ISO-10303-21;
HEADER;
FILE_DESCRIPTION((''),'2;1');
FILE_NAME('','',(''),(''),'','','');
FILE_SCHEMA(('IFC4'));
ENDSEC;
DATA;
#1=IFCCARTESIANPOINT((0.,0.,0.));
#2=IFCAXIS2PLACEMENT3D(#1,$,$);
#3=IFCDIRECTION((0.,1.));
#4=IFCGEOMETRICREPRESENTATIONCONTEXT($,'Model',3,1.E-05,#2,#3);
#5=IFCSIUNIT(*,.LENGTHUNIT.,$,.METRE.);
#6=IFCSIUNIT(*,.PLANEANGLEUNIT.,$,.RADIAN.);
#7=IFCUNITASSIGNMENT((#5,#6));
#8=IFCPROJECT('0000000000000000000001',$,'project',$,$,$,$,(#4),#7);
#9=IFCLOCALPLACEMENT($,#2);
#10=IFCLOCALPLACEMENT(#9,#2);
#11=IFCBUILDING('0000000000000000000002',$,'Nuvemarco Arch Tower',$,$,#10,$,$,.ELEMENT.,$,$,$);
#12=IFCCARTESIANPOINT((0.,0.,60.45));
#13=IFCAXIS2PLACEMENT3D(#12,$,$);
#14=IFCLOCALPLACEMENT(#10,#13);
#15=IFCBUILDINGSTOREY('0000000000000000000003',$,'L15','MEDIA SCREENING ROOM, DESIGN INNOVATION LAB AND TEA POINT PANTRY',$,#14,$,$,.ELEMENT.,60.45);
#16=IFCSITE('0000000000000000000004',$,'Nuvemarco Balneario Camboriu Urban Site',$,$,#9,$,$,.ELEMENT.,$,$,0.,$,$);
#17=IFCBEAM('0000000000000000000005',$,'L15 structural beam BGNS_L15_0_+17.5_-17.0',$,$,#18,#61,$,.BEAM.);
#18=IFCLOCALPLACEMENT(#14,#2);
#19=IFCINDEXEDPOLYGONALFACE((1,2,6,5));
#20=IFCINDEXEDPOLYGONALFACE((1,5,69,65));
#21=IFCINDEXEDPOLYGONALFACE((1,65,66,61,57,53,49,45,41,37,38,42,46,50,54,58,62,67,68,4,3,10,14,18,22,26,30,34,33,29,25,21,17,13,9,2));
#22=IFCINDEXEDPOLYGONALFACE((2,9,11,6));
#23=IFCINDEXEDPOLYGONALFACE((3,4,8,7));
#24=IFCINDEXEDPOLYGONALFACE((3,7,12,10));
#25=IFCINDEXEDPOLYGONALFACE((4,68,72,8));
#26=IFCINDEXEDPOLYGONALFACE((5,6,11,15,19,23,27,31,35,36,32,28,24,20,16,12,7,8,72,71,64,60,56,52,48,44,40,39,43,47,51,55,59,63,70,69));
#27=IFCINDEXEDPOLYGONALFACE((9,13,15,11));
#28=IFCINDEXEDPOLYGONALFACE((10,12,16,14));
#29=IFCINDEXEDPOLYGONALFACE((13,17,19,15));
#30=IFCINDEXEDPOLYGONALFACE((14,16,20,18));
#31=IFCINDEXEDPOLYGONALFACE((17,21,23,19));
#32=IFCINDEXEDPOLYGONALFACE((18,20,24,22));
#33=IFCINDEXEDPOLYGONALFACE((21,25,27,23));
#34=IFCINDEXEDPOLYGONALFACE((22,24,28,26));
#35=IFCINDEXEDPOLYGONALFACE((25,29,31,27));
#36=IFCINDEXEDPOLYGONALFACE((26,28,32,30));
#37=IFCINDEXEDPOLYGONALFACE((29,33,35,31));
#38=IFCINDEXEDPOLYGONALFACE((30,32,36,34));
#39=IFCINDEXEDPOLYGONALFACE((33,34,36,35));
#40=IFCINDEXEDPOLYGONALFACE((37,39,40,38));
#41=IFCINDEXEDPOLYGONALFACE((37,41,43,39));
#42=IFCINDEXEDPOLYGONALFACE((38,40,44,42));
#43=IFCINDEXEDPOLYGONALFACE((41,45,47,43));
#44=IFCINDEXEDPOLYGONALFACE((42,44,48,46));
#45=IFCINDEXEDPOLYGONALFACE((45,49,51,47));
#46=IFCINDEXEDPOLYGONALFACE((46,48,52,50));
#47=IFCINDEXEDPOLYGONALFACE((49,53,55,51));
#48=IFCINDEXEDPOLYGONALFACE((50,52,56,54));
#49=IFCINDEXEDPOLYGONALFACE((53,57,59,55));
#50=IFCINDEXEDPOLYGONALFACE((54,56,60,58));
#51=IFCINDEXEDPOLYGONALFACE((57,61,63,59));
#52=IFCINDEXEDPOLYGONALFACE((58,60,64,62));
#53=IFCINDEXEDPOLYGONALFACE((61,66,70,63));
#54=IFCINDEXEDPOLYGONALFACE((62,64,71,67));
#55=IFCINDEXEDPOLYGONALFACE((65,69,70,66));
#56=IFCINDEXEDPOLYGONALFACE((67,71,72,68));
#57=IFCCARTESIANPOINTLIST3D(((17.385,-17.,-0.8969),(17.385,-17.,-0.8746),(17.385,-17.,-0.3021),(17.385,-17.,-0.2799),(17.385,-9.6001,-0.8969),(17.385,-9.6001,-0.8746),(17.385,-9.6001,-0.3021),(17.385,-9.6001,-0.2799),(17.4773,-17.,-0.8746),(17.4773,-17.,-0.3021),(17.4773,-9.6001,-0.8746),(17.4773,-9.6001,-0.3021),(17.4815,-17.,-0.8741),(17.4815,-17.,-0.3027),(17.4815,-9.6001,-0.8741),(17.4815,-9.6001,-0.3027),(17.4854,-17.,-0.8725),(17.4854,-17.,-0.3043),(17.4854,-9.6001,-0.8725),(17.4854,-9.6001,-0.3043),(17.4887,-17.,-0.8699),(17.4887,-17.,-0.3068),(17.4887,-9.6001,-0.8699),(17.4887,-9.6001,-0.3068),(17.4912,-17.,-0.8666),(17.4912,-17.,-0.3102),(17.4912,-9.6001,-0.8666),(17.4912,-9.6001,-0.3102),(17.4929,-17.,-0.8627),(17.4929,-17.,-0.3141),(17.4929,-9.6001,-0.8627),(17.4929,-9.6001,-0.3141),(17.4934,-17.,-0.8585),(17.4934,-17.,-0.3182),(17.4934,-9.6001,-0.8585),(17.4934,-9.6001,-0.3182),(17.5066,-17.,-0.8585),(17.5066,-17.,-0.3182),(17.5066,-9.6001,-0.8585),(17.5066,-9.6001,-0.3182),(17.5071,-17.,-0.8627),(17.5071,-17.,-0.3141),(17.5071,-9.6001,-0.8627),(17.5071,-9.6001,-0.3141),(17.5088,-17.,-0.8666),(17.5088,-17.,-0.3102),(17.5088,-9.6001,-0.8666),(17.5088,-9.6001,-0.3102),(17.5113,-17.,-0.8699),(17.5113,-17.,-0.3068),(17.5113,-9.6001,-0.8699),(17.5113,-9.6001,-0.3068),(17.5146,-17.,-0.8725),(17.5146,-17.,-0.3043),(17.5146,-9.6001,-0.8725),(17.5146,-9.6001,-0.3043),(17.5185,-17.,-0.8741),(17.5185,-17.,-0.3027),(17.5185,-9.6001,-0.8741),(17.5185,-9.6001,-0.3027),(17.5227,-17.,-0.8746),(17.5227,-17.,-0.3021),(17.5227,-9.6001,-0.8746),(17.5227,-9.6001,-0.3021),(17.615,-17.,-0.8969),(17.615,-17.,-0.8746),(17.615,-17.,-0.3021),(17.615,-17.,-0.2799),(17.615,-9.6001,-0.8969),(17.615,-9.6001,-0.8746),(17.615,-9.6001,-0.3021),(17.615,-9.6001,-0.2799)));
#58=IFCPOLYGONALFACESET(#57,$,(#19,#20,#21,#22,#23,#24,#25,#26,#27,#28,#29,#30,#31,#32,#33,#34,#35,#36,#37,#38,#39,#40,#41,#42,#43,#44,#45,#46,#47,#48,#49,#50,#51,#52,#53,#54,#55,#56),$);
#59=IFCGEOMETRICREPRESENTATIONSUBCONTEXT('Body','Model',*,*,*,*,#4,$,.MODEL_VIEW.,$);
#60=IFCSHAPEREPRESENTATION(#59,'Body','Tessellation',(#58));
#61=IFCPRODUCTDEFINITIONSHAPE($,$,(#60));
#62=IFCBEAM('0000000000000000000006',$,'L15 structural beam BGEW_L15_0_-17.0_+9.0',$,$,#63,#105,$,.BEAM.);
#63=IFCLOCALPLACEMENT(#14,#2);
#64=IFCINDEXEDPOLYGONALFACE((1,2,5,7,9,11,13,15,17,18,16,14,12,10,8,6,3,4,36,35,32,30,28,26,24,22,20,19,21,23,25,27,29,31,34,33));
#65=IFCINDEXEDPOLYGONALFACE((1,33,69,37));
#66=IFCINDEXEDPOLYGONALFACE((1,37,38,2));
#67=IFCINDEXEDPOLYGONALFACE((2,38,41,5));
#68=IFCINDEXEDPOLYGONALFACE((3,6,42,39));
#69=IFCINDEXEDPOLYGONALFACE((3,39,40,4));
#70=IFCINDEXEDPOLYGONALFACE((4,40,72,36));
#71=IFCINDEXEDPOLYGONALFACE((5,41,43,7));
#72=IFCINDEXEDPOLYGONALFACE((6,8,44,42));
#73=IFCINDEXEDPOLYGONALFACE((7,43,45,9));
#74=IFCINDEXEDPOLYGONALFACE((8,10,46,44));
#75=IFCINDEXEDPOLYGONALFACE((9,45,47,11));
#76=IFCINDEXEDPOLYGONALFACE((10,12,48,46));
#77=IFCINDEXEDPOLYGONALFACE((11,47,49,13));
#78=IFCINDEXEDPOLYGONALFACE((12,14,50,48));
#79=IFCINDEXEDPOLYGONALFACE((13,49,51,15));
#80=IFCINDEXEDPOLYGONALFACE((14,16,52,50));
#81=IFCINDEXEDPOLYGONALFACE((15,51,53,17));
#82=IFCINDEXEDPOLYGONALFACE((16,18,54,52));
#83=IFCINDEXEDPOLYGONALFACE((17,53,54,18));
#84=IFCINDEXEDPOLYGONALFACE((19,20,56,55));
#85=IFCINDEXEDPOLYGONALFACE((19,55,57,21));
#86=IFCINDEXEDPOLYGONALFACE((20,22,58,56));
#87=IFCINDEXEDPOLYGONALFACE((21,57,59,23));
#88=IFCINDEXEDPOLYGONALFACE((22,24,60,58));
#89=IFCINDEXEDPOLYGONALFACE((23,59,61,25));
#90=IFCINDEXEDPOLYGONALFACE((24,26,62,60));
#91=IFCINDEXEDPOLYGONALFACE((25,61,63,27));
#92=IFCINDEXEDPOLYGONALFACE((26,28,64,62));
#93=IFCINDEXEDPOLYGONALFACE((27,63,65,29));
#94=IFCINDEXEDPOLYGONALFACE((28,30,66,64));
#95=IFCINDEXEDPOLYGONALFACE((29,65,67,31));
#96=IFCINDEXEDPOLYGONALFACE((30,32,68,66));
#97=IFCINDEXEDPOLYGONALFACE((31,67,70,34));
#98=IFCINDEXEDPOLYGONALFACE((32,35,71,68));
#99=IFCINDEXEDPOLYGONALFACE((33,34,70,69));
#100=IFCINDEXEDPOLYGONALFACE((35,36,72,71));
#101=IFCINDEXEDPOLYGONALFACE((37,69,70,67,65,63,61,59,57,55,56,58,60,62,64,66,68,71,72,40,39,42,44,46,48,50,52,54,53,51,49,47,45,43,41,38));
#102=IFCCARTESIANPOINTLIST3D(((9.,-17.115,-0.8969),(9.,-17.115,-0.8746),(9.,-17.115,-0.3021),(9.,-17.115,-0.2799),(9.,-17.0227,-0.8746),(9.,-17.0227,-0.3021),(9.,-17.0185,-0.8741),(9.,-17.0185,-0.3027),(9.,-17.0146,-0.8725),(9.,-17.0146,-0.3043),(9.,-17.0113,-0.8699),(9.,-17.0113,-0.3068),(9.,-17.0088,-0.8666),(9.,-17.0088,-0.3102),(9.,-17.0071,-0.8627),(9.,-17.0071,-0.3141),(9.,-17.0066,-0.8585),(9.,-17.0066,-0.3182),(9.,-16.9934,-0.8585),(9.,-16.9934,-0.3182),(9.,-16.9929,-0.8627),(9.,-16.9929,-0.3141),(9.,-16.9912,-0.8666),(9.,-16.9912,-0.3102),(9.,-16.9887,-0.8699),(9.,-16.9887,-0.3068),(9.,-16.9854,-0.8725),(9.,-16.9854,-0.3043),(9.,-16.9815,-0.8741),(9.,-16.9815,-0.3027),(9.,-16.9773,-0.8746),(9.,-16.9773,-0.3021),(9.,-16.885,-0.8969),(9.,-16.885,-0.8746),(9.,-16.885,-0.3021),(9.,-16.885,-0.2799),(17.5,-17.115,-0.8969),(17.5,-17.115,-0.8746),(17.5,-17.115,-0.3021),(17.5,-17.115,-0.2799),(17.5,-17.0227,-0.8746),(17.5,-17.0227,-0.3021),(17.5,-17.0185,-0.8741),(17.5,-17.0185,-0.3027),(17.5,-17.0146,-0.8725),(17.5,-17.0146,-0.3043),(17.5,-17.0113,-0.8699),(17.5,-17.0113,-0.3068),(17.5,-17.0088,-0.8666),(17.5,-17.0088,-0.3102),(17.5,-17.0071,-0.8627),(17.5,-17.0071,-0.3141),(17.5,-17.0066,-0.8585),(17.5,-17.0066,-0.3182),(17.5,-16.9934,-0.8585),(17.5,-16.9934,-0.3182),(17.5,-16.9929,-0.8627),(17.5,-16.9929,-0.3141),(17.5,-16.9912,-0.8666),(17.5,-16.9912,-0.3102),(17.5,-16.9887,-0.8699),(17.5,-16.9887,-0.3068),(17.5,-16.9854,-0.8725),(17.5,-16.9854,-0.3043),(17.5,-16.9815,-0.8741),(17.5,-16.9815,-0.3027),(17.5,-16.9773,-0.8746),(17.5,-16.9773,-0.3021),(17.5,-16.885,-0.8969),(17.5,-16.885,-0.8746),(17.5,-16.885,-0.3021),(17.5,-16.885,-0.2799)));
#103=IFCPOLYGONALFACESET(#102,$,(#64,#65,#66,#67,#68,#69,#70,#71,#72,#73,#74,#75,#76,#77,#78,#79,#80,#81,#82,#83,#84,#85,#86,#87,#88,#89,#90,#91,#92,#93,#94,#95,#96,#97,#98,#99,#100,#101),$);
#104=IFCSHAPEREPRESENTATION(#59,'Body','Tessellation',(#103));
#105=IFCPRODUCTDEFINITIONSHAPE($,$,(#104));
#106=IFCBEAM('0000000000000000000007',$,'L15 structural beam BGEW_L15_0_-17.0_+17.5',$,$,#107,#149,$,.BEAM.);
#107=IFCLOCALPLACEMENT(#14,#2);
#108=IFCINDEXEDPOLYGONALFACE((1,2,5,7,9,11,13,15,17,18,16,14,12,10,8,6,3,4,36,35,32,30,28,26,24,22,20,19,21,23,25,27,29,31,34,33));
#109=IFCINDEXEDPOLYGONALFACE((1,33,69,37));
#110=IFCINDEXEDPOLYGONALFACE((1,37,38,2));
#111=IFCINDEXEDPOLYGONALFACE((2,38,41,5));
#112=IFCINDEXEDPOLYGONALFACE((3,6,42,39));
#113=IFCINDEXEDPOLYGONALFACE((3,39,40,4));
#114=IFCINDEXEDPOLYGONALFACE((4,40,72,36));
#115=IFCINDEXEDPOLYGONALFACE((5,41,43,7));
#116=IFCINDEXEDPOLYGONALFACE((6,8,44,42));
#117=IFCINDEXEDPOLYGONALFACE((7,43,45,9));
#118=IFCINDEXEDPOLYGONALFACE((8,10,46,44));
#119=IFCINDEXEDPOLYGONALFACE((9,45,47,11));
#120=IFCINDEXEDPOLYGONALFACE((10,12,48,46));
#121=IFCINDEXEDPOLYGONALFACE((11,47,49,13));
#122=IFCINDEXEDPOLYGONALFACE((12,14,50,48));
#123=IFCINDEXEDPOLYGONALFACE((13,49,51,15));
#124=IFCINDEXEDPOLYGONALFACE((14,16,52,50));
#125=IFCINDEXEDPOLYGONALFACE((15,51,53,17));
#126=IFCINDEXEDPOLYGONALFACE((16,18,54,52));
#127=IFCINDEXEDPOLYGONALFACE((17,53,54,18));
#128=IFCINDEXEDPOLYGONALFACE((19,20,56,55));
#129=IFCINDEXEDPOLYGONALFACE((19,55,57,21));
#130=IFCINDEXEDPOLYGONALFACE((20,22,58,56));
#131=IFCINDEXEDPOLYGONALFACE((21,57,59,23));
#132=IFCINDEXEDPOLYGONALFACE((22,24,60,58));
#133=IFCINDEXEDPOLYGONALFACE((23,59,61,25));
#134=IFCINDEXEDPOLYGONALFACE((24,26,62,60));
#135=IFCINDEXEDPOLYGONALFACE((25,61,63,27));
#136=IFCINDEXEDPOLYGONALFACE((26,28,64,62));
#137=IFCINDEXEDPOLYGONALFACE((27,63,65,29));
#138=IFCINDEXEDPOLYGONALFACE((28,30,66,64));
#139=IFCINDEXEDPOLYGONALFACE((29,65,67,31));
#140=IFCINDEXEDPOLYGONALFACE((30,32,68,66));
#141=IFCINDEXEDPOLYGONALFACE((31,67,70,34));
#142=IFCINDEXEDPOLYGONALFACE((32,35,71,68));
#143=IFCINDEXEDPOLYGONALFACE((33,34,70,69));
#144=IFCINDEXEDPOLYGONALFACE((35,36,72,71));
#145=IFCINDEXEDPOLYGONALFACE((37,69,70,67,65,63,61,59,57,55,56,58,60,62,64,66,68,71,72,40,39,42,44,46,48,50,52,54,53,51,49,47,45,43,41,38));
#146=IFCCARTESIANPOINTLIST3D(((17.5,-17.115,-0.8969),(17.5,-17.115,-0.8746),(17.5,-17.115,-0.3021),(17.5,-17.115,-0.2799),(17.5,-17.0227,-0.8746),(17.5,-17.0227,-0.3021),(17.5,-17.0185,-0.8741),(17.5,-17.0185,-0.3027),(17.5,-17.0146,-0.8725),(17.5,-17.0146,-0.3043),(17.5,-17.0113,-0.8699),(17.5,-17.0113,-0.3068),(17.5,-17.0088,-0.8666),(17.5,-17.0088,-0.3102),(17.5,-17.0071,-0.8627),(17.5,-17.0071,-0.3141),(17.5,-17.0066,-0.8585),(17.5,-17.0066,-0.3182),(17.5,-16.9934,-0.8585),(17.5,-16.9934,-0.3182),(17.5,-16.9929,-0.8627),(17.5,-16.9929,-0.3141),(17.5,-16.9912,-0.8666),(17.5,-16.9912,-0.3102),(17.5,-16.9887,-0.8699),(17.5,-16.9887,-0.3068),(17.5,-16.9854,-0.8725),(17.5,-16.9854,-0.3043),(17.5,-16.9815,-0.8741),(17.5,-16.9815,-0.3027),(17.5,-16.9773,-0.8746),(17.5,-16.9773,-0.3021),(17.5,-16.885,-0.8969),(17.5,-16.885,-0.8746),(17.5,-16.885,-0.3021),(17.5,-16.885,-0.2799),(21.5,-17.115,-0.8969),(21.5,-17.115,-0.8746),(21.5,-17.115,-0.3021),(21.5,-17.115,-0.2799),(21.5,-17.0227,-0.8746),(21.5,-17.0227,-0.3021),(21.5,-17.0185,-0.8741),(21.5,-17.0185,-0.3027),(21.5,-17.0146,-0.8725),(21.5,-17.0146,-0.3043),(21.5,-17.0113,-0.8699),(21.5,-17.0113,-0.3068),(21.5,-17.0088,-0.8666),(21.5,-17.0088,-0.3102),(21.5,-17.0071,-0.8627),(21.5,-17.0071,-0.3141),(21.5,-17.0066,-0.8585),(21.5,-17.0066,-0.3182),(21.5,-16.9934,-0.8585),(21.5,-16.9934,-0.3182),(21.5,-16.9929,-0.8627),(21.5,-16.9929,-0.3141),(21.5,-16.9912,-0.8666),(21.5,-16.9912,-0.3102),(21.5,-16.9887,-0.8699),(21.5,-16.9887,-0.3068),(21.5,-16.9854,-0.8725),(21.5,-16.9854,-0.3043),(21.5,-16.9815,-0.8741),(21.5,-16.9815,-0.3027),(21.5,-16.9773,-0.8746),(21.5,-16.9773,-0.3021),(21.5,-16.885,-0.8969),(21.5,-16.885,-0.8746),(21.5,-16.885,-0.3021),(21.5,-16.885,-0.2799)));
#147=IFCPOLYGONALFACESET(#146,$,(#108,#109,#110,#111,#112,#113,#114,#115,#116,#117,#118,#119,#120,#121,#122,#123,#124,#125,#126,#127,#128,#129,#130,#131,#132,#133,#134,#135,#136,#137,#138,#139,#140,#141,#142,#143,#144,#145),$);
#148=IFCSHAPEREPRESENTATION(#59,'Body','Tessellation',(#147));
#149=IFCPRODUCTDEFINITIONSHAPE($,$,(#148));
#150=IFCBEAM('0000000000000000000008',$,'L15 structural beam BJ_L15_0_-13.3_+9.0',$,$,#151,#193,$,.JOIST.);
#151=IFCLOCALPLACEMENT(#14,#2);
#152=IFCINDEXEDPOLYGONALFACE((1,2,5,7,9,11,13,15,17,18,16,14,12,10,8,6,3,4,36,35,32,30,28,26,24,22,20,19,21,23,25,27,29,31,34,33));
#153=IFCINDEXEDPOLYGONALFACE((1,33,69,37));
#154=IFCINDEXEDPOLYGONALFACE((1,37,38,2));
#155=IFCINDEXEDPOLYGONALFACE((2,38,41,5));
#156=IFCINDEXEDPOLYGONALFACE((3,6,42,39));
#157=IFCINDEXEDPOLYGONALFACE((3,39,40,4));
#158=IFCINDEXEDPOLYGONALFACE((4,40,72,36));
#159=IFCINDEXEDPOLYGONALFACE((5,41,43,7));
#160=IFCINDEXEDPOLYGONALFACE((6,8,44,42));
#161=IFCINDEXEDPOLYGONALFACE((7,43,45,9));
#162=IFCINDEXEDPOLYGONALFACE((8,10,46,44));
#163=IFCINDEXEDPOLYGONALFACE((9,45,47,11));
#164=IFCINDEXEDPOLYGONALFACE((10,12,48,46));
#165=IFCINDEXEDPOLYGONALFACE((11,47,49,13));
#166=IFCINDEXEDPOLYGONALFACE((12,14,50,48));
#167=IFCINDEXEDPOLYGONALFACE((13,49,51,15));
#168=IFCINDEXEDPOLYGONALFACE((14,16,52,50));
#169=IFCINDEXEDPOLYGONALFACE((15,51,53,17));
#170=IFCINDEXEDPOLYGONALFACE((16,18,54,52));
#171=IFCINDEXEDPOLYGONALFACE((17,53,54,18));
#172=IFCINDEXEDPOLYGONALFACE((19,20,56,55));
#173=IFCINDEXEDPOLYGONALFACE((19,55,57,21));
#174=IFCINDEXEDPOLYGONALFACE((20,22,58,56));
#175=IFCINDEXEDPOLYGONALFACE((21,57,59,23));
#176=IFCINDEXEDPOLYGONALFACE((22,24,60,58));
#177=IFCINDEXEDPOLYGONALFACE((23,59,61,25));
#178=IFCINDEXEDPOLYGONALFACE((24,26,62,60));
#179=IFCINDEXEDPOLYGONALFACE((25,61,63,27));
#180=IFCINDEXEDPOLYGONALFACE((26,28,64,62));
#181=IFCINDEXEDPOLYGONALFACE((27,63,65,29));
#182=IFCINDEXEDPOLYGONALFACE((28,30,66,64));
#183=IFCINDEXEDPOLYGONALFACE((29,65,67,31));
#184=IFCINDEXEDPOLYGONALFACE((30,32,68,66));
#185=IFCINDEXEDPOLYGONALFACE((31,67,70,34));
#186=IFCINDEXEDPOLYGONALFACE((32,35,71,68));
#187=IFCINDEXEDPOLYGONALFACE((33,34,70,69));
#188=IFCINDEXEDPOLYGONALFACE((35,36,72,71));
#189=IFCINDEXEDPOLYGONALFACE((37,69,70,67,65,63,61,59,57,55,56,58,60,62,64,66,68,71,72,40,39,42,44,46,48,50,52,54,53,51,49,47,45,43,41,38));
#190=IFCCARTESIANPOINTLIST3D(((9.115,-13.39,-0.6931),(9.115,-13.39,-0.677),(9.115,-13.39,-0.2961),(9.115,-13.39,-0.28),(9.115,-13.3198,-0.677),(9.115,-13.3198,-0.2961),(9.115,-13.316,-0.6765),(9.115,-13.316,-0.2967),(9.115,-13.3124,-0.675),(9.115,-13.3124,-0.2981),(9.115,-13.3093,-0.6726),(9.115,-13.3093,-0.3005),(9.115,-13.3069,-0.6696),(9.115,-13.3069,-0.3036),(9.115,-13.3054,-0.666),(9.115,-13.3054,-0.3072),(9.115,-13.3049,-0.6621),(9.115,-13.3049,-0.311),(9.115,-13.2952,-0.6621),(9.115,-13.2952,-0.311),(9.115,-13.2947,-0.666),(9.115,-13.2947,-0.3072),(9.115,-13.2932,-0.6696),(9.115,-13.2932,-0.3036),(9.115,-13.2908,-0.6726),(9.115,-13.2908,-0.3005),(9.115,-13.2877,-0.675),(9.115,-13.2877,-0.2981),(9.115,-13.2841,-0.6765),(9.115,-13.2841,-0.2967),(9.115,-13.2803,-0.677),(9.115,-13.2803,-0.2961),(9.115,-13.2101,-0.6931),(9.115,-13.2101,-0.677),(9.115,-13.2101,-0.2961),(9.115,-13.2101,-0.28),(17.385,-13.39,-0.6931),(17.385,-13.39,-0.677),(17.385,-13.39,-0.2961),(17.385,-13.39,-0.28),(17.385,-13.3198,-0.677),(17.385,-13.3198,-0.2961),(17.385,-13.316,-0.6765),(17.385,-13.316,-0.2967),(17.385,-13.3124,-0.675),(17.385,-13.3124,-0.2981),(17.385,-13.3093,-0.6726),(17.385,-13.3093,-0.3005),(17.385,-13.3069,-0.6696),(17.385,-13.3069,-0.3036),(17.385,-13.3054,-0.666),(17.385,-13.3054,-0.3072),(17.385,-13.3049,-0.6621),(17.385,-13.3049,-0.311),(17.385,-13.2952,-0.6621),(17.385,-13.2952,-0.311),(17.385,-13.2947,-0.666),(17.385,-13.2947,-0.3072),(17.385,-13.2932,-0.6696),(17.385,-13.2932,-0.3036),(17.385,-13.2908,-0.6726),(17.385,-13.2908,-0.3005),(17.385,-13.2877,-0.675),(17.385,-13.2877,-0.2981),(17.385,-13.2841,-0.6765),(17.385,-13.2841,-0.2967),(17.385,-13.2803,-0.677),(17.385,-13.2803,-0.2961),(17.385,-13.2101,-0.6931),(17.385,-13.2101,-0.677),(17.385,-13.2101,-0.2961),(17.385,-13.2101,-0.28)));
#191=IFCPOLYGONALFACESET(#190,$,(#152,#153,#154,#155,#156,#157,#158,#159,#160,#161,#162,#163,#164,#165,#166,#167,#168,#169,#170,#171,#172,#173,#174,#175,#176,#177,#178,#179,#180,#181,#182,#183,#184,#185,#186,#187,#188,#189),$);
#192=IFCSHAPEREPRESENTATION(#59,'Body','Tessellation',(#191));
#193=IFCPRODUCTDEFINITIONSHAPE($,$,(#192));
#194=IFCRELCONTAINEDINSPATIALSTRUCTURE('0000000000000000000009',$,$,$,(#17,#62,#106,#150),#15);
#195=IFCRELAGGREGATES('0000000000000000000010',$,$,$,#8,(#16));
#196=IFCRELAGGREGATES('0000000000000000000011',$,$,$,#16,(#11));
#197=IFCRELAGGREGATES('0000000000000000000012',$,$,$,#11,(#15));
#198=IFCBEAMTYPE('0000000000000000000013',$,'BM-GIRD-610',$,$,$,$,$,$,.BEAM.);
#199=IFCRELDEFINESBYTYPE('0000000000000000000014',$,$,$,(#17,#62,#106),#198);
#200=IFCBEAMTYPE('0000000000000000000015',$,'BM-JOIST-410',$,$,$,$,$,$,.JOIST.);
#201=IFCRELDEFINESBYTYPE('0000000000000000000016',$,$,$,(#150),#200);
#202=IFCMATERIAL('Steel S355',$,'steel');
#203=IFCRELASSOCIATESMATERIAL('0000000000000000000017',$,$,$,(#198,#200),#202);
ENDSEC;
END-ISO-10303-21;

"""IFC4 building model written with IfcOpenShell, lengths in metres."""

from ifc_helpers import new_model, si_unit, direction, frame, origin, origin_2d, place, context, subcontext, project, spatial, i_section, extrude, material, material_profile, profile_set, type_object, element, save


model = new_model("IFC4")

# Units and contexts
model_context = context("Model", 3, precision=1e-05, world=origin(), true_north=direction((0.0, 1.0)))
body_context = subcontext(model_context, "Body", "Model", "MODEL_VIEW")
ifc_project = project(units=[si_unit("LENGTHUNIT", "METRE"), si_unit("PLANEANGLEUNIT", "RADIAN")], contexts=[model_context])

# Site, building, storey
site_placement = place(None, origin())
site = spatial("IfcSite", under=ifc_project, at=site_placement, Name="Nuvemarco Balneario Camboriu Urban Site", CompositionType="ELEMENT", RefElevation=0.0)
building_placement = place(site_placement, origin())
building = spatial("IfcBuilding", under=site, at=building_placement, Name="Nuvemarco Arch Tower", CompositionType="ELEMENT")
storey_placement = place(building_placement, frame((0.0, 0.0, 60.45)))
storey = spatial("IfcBuildingStorey", under=building, at=storey_placement, Name="L15", Description="MEDIA SCREENING ROOM, DESIGN INNOVATION LAB AND TEA POINT PANTRY", CompositionType="ELEMENT", Elevation=60.45)

# Shared definitions
ifc_material_1 = material(Name="Steel S355", Category="steel")

# Beams
ifc_material_profile_1 = material_profile(ifc_material_1, i_section(OverallWidth=0.23, OverallDepth=0.6169, WebThickness=0.0132, FlangeThickness=0.0222, FilletRadius=0.0161, at=origin_2d()), Name="W610x140")
ifc_profile_set_1 = profile_set([ifc_material_profile_1], Name="Steel S355")
beam_type_1 = type_object("IfcBeamType", Name="BM-GIRD-610", PredefinedType="BEAM", material=ifc_profile_set_1)
for number, where, z_axis, x_axis, name in (
    (1, (17.5, -17.0, -0.5884), (0.0, 1.0, 0.0), (-1.0, 0.0, 0.0), "L15 structural beam BGNS_L15_0_+17.5_-17.0"),
):
    element("IfcBeam", number, at=place(storey_placement, frame(where, z_axis=z_axis, x_axis=x_axis)), inside=storey, type_object=beam_type_1, Name=name, PredefinedType="BEAM", context=body_context, shape_type="SweptSolid", body=[
        extrude(i_section(OverallWidth=0.23, OverallDepth=0.6169, WebThickness=0.0132, FlangeThickness=0.0222, FilletRadius=0.0161, at=origin_2d()), origin(), (0.0, 0.0, 1.0), 7.3999),
    ])
beam_1_placement = place(storey_placement, frame((9.0, -17.0, -0.5884), z_axis=(1.0, 0.0, 0.0), x_axis=(0.0, 1.0, 0.0)))
element("IfcBeam", 2, at=beam_1_placement, inside=storey, type_object=beam_type_1, Name="L15 structural beam BGEW_L15_0_-17.0_+9.0", PredefinedType="BEAM", context=body_context, shape_type="SweptSolid", body=[
    extrude(i_section(OverallWidth=0.23, OverallDepth=0.6169, WebThickness=0.0132, FlangeThickness=0.0222, FilletRadius=0.0161, at=origin_2d()), origin(), (0.0, 0.0, 1.0), 8.5),
])
beam_2_placement = place(storey_placement, frame((17.5, -17.0, -0.5884), z_axis=(1.0, 0.0, 0.0), x_axis=(0.0, 1.0, 0.0)))
element("IfcBeam", 3, at=beam_2_placement, inside=storey, type_object=beam_type_1, Name="L15 structural beam BGEW_L15_0_-17.0_+17.5", PredefinedType="BEAM", context=body_context, shape_type="SweptSolid", body=[
    extrude(i_section(OverallWidth=0.23, OverallDepth=0.6169, WebThickness=0.0132, FlangeThickness=0.0222, FilletRadius=0.0161, at=origin_2d()), origin(), (0.0, 0.0, 1.0), 4.0),
])
ifc_material_profile_2 = material_profile(ifc_material_1, i_section(OverallWidth=0.1799, OverallDepth=0.4131, WebThickness=0.0098, FlangeThickness=0.0161, FilletRadius=0.0149, at=origin_2d()), Name="W410x75")
ifc_profile_set_2 = profile_set([ifc_material_profile_2], Name="Steel S355")
beam_type_2 = type_object("IfcBeamType", Name="BM-JOIST-410", PredefinedType="JOIST", material=ifc_profile_set_2)
beam_3_placement = place(storey_placement, frame((9.115, -13.3, -0.4866), z_axis=(1.0, 0.0, 0.0), x_axis=(0.0, 1.0, 0.0)))
element("IfcBeam", 4, at=beam_3_placement, inside=storey, type_object=beam_type_2, Name="L15 structural beam BJ_L15_0_-13.3_+9.0", PredefinedType="JOIST", context=body_context, shape_type="SweptSolid", body=[
    extrude(i_section(OverallWidth=0.1799, OverallDepth=0.4131, WebThickness=0.0098, FlangeThickness=0.0161, FilletRadius=0.0149, at=origin_2d()), origin(), (0.0, 0.0, 1.0), 8.27),
])

save(model, "model.ifc")
